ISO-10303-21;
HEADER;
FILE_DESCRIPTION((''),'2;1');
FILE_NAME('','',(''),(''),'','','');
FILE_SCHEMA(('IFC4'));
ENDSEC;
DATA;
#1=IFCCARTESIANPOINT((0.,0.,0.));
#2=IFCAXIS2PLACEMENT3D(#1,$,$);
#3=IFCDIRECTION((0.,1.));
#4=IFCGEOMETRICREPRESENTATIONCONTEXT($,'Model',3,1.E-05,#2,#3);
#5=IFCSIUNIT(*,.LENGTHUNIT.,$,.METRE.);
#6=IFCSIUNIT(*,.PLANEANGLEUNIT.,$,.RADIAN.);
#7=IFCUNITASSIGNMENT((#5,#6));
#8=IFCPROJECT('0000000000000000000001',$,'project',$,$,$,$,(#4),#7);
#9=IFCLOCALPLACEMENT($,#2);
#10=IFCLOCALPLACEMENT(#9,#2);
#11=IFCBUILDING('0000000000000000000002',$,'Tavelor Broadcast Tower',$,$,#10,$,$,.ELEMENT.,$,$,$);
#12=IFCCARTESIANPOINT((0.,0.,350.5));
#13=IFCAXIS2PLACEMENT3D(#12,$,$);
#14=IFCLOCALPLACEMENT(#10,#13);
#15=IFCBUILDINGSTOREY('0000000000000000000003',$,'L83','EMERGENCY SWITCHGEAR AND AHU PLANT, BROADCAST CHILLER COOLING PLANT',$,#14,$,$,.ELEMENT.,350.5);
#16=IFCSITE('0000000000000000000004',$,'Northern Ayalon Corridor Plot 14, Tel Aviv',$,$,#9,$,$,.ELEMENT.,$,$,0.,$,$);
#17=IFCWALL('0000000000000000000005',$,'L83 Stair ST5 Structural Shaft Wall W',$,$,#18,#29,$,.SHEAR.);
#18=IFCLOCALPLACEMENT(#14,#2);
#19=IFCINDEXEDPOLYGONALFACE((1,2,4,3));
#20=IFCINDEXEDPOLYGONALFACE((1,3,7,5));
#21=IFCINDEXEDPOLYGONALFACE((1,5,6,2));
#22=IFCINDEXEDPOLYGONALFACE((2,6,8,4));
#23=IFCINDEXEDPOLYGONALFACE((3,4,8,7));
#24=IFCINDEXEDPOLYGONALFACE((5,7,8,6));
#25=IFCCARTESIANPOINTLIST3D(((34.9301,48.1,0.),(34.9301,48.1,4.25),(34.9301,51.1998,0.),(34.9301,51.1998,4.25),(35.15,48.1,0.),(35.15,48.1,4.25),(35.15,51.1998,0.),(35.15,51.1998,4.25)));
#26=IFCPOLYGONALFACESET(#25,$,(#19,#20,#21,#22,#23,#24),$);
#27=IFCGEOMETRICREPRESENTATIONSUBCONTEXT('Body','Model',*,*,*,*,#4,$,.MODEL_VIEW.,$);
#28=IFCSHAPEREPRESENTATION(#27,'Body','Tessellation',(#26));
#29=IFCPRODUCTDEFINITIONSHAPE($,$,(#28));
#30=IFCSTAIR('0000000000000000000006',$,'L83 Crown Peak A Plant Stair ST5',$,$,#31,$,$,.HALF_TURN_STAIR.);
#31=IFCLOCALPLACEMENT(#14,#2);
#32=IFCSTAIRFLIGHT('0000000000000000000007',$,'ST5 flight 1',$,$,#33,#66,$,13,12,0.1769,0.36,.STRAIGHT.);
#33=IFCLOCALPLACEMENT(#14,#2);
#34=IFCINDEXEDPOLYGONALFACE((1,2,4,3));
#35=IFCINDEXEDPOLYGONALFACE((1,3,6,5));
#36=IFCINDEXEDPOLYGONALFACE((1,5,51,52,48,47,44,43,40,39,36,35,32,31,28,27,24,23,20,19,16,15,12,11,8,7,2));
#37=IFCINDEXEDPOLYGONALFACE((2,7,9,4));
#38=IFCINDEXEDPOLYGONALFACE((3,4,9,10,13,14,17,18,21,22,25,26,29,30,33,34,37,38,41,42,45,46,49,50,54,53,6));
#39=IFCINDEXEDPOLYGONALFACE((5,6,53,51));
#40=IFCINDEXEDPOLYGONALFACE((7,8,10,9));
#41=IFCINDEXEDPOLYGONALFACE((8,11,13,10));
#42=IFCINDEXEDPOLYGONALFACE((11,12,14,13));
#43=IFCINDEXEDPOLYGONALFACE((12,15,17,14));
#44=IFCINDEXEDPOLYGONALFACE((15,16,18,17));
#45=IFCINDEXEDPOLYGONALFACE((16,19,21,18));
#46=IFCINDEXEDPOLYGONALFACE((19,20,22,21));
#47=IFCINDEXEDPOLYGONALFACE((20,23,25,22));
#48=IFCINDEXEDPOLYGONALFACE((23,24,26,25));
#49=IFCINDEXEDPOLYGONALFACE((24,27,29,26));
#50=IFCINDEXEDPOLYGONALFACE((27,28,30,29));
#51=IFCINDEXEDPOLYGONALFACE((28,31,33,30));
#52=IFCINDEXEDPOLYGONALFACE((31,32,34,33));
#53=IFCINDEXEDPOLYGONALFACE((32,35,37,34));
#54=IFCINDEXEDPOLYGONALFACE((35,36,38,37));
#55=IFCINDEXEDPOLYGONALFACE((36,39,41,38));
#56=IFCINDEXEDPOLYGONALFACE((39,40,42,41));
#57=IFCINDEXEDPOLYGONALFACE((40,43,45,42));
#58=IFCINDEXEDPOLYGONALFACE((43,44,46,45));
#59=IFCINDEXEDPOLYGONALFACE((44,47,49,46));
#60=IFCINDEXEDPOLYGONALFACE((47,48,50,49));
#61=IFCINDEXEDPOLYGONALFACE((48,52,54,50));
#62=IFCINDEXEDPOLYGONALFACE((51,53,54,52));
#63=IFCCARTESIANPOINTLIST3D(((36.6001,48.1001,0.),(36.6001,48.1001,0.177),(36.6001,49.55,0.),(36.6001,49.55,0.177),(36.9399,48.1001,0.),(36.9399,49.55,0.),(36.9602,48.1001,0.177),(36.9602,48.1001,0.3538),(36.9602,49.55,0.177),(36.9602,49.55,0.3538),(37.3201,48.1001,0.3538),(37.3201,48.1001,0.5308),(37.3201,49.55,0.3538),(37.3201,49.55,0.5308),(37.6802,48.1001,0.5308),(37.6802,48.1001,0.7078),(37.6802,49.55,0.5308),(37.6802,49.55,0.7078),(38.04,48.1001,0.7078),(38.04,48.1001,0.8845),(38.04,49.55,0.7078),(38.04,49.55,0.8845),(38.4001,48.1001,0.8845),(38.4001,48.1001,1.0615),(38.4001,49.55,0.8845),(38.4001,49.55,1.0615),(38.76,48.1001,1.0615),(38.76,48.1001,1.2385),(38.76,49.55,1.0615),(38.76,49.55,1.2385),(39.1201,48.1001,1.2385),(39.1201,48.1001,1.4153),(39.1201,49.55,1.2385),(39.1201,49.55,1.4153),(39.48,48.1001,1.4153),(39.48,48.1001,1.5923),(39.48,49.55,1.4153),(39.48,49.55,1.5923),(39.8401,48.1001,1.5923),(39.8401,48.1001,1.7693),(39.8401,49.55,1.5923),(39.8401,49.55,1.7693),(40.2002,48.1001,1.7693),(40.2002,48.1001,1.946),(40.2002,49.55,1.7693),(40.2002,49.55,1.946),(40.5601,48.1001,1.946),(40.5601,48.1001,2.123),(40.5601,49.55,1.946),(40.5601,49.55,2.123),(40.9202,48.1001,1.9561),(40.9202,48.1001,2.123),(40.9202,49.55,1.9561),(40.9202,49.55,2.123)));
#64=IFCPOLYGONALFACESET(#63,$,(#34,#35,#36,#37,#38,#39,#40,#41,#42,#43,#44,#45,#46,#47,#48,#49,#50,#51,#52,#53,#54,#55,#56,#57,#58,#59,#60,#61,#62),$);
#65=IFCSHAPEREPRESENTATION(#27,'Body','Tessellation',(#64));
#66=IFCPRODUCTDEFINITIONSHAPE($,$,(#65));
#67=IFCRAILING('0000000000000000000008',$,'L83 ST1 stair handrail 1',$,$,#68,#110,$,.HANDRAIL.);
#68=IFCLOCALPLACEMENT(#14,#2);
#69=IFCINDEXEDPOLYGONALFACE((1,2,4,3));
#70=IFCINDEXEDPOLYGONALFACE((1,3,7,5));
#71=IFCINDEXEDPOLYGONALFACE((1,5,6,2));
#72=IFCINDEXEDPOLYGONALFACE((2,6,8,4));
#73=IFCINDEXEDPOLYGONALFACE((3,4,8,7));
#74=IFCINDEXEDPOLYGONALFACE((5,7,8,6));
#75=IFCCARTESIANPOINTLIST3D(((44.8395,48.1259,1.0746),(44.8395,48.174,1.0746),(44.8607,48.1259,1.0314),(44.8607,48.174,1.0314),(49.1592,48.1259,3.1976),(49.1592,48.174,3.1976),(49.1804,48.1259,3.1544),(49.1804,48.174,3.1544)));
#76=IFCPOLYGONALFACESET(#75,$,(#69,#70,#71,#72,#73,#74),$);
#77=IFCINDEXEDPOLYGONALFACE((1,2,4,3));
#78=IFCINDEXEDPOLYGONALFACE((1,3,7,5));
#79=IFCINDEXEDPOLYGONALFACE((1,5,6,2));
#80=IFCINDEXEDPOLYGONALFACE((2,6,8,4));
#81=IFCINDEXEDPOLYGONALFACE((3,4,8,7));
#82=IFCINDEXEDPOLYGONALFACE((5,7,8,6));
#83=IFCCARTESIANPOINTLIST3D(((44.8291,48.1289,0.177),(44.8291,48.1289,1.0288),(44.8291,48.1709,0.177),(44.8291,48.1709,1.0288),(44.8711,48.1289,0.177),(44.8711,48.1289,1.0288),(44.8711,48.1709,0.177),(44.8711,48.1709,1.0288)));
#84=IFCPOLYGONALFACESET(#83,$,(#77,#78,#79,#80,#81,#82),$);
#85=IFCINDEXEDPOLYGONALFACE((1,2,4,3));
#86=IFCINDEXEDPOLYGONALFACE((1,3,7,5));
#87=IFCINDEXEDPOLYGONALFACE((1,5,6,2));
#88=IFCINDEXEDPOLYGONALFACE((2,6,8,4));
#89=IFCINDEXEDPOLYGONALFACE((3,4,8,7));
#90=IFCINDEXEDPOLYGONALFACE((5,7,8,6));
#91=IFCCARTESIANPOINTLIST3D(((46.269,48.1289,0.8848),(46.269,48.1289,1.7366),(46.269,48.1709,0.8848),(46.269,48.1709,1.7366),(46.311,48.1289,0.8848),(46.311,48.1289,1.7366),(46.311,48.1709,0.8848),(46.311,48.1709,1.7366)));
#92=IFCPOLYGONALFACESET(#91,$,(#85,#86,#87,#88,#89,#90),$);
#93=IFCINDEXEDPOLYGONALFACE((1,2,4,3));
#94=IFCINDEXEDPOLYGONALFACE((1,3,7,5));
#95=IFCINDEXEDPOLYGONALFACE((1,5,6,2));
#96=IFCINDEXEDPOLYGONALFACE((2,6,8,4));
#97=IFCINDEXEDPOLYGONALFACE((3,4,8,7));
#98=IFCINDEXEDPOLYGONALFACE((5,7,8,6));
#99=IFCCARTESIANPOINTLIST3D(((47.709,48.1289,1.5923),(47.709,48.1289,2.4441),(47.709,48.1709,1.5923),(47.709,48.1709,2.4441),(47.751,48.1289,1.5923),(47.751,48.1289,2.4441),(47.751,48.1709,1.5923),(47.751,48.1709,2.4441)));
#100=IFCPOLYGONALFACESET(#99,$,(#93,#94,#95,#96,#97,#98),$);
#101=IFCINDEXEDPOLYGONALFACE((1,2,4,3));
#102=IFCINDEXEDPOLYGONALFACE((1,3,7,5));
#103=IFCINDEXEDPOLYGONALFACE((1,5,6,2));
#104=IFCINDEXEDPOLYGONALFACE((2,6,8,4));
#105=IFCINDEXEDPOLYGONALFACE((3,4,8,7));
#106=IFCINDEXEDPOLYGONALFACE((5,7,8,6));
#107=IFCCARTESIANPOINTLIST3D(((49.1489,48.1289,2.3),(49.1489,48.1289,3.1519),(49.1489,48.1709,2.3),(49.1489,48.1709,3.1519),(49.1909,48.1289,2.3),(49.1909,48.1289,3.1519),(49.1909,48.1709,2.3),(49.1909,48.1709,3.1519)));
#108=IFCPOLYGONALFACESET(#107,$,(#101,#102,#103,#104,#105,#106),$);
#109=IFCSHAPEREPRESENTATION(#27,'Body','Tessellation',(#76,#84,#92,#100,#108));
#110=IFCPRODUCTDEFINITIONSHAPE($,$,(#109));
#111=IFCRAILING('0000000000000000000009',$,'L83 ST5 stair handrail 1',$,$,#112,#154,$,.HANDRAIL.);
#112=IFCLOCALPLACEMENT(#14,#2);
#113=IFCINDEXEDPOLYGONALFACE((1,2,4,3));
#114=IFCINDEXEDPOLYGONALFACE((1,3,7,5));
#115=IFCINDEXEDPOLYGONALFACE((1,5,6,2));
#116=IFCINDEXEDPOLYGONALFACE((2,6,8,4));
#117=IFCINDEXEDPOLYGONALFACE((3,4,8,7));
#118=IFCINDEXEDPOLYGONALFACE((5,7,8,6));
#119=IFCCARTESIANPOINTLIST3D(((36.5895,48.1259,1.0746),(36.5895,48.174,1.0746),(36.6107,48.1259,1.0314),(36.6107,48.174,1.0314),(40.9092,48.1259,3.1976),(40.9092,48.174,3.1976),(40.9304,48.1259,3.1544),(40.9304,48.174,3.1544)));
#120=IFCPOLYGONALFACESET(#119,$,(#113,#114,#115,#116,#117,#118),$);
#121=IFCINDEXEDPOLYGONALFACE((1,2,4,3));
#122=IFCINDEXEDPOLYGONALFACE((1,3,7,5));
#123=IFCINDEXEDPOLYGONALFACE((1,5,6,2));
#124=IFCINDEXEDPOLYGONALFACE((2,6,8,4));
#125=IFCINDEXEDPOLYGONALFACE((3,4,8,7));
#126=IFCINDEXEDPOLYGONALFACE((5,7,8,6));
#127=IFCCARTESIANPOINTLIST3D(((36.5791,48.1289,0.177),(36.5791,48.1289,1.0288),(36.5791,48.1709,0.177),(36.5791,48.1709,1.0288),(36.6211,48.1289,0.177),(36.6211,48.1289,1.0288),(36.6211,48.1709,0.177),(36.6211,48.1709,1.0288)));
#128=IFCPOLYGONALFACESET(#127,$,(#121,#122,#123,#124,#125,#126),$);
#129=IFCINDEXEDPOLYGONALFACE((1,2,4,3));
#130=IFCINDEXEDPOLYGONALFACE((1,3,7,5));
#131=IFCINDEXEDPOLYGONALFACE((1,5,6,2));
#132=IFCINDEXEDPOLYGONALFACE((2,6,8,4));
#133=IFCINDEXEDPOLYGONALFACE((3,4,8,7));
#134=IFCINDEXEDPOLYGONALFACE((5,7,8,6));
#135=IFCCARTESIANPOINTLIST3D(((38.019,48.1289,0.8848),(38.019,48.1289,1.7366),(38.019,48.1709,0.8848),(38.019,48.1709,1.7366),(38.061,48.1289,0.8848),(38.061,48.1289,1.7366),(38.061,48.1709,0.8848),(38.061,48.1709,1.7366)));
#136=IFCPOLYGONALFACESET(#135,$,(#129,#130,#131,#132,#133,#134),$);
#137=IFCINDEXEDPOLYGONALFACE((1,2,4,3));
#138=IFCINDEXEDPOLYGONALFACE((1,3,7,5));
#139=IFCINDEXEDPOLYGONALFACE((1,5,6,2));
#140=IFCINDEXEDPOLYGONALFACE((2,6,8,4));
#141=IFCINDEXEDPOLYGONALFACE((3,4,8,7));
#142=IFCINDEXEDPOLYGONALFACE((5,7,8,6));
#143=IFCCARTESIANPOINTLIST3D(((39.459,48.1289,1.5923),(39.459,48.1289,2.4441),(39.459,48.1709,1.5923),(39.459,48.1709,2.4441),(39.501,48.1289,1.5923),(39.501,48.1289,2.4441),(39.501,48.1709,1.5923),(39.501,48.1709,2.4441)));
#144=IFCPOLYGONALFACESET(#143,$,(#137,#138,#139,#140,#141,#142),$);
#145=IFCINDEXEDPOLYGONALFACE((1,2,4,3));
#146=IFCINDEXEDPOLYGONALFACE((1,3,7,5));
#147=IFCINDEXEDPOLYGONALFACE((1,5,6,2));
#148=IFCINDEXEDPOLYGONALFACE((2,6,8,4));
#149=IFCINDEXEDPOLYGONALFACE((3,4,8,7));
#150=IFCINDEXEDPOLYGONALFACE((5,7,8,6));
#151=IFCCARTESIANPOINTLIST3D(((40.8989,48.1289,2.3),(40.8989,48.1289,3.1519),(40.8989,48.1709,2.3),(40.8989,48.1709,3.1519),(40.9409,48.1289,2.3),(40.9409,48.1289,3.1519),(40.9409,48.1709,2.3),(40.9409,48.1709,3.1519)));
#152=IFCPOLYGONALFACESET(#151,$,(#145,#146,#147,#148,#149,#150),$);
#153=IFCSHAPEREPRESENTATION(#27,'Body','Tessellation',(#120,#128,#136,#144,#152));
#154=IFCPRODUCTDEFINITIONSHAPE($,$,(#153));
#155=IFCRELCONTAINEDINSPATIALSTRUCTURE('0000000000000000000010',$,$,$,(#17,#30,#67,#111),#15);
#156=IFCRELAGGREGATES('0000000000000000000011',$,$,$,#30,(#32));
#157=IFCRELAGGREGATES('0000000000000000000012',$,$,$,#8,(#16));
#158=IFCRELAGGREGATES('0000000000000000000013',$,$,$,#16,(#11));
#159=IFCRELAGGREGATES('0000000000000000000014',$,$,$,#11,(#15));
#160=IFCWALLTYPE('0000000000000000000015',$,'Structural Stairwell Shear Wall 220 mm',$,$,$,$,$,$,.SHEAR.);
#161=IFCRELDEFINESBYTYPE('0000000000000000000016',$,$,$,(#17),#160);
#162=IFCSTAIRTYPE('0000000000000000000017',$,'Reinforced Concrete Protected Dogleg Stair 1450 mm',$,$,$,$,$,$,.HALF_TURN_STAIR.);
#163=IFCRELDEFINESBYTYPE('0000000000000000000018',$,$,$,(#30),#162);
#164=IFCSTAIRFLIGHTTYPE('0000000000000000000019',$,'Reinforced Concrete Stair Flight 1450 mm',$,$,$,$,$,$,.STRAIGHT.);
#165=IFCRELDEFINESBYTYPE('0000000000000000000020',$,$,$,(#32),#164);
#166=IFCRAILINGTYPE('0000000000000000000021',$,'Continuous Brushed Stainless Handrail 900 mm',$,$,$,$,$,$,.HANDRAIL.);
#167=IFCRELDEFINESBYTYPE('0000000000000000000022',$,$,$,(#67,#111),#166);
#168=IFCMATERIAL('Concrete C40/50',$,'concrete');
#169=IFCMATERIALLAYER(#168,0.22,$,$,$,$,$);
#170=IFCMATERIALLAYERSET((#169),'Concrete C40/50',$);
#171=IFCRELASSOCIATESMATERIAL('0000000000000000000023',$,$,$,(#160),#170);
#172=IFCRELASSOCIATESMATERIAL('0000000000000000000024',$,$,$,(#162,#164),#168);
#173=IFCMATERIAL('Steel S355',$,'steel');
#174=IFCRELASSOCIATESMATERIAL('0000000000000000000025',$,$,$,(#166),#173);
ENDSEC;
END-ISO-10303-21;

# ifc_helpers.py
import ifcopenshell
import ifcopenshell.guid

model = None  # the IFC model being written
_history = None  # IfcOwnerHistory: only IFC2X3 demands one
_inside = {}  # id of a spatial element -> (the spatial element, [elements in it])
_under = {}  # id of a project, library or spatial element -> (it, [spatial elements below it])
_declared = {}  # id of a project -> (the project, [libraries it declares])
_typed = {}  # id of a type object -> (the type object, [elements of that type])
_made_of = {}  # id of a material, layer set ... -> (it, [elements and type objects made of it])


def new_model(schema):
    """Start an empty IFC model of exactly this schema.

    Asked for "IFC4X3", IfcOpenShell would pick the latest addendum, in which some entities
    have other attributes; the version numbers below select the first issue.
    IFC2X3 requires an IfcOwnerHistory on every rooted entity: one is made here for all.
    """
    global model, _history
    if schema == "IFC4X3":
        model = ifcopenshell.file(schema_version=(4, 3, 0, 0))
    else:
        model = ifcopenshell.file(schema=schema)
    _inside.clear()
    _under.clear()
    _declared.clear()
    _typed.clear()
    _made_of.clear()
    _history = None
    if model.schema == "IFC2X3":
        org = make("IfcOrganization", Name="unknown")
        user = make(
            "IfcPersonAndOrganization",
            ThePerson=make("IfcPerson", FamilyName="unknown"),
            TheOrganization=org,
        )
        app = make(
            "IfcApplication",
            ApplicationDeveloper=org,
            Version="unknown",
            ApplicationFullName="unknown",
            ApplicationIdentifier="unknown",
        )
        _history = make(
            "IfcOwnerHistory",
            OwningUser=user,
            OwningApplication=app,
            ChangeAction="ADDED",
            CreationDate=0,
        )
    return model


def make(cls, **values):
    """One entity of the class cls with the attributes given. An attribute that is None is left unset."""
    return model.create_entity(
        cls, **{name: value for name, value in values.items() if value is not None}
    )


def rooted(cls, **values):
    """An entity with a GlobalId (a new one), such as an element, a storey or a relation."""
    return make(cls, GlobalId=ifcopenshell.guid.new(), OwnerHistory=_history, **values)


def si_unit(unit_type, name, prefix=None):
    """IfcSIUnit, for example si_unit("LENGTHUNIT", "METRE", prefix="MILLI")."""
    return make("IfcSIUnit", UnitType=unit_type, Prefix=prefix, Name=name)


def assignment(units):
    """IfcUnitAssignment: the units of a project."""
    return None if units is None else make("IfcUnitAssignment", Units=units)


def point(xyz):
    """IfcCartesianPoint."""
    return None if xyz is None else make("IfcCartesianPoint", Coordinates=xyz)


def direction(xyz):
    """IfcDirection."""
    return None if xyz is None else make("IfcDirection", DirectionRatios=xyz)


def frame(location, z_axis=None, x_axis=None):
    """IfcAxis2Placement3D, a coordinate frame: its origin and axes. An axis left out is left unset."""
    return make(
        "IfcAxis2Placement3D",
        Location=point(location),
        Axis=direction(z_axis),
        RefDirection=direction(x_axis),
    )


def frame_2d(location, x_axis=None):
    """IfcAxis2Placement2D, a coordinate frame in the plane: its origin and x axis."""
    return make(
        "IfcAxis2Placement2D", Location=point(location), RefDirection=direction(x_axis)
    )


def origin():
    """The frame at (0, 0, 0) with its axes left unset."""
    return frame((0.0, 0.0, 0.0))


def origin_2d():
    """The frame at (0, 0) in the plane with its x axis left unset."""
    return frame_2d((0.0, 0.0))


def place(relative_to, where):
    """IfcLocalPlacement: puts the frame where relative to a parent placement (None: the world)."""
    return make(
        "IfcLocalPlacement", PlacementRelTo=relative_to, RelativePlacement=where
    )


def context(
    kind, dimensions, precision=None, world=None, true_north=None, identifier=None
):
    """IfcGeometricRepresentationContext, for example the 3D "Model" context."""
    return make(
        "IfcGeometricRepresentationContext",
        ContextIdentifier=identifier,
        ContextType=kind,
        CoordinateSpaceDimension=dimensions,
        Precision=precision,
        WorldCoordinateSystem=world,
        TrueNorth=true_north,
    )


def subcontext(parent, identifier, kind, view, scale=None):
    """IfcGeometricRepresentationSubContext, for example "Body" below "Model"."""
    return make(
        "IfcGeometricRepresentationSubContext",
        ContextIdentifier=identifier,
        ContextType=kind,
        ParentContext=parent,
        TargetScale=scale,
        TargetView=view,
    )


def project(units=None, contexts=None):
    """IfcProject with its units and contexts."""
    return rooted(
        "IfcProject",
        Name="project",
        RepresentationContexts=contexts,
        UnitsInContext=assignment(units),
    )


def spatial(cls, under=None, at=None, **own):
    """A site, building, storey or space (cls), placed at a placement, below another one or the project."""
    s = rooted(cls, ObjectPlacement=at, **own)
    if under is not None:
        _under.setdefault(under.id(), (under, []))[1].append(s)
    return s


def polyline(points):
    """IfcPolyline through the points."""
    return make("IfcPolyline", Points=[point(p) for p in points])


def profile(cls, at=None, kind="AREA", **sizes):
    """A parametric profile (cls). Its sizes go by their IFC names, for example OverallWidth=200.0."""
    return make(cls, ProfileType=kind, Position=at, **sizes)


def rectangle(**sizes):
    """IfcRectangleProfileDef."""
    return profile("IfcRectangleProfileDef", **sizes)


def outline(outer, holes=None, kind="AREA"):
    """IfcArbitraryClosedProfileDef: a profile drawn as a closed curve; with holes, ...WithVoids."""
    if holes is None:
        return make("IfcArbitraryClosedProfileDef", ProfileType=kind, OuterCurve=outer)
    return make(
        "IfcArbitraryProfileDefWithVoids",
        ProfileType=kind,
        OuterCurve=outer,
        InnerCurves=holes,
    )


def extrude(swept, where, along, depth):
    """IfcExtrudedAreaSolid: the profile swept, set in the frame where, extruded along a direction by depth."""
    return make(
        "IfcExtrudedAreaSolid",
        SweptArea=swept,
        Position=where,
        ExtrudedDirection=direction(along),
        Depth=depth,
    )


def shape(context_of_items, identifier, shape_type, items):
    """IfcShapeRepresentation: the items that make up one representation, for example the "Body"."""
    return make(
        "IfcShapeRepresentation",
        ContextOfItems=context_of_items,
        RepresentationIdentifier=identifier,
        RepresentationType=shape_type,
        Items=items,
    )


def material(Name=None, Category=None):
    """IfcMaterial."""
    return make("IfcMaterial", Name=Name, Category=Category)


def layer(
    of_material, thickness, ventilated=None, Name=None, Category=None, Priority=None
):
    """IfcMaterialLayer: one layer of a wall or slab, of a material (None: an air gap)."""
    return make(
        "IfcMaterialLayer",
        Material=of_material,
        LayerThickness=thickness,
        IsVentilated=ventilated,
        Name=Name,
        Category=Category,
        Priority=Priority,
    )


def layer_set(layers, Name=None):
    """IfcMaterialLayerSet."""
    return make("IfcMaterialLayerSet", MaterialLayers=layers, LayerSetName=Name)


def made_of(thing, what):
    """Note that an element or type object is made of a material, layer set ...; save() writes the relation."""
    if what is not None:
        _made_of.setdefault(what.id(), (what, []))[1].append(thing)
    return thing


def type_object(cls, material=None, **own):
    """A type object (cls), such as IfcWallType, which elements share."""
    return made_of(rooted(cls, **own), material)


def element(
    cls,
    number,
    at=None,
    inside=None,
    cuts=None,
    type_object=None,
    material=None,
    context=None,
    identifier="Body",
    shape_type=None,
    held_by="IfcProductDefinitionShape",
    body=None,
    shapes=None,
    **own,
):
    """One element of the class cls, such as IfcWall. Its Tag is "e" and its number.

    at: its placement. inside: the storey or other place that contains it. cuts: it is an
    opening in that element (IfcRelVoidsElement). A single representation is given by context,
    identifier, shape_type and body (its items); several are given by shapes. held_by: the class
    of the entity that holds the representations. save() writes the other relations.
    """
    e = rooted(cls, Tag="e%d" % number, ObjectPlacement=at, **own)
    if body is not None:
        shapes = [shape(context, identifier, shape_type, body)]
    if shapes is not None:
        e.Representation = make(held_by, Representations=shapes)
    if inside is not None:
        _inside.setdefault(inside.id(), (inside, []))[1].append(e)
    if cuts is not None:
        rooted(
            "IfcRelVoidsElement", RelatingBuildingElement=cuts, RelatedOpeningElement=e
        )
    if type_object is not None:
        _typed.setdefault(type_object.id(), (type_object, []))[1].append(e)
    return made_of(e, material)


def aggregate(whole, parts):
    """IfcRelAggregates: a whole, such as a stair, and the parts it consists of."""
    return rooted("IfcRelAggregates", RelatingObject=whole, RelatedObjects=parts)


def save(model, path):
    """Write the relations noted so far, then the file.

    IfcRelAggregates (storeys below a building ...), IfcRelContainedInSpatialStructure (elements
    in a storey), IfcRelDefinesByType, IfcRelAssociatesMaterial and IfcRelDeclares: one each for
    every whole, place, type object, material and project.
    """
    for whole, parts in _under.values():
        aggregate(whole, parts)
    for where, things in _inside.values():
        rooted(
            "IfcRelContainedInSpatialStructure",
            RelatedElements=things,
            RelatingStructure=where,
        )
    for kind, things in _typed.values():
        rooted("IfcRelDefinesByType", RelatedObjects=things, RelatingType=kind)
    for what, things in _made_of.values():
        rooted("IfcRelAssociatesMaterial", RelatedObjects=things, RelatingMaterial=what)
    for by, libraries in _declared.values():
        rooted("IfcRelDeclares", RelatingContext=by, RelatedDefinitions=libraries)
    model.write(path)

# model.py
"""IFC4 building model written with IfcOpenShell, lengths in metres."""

from ifc_helpers import new_model, si_unit, direction, frame, frame_2d, origin, origin_2d, place, context, subcontext, project, spatial, polyline, rectangle, outline, extrude, material, layer, layer_set, type_object, element, aggregate, save


model = new_model("IFC4")

# Units and contexts
model_context = context("Model", 3, precision=1e-05, world=origin(), true_north=direction((0.0, 1.0)))
body_context = subcontext(model_context, "Body", "Model", "MODEL_VIEW")
ifc_project = project(units=[si_unit("LENGTHUNIT", "METRE"), si_unit("PLANEANGLEUNIT", "RADIAN")], contexts=[model_context])

# Site, building, storey
site_placement = place(None, origin())
site = spatial("IfcSite", under=ifc_project, at=site_placement, Name="Northern Ayalon Corridor Plot 14, Tel Aviv", CompositionType="ELEMENT", RefElevation=0.0)
building_placement = place(site_placement, origin())
building = spatial("IfcBuilding", under=site, at=building_placement, Name="Tavelor Broadcast Tower", CompositionType="ELEMENT")
storey_placement = place(building_placement, frame((0.0, 0.0, 350.5)))
storey = spatial("IfcBuildingStorey", under=building, at=storey_placement, Name="L83", Description="EMERGENCY SWITCHGEAR AND AHU PLANT, BROADCAST CHILLER COOLING PLANT", CompositionType="ELEMENT", Elevation=350.5)

# Shared definitions
ifc_material_1 = material(Name="Steel S355", Category="steel")

# Shared definitions
ifc_material_2 = material(Name="Concrete C40/50", Category="concrete")
ifc_layer_1 = layer(ifc_material_2, 0.22)
ifc_layer_set_1 = layer_set([ifc_layer_1], Name="Concrete C40/50")
wall_type_1 = type_object("IfcWallType", Name="Structural Stairwell Shear Wall 220 mm", PredefinedType="SHEAR", material=ifc_layer_set_1)

# Wall
for number, where, z_axis, x_axis, name in (
    (1, (35.04, 48.1001, 0.0), (0.0, 0.0, 1.0), (0.0, 1.0, 0.0), "L83 Stair ST5 Structural Shaft Wall W"),
):
    element("IfcWall", number, at=place(storey_placement, frame(where, z_axis=z_axis, x_axis=x_axis)), inside=storey, type_object=wall_type_1, Name=name, PredefinedType="SHEAR", context=body_context, shape_type="SweptSolid", body=[
        extrude(rectangle(XDim=3.0999, YDim=0.22, at=frame_2d((1.5498, 0.0))), origin(), (0.0, 0.0, 1.0), 4.25),
    ])

# Stair, stair flight
stair_type = type_object("IfcStairType", Name="Reinforced Concrete Protected Dogleg Stair 1450 mm", PredefinedType="HALF_TURN_STAIR", material=ifc_material_2)
stair_placement = place(storey_placement, origin())
stair = element("IfcStair", 2, at=stair_placement, inside=storey, type_object=stair_type, Name="L83 Crown Peak A Plant Stair ST5", PredefinedType="HALF_TURN_STAIR")
stair_flight_type = type_object("IfcStairFlightType", Name="Reinforced Concrete Stair Flight 1450 mm", PredefinedType="STRAIGHT", material=ifc_material_2)
stair_flight_placement = place(storey_placement, frame((36.6001, 48.825, 0.0), z_axis=(0.0, 0.0, 1.0), x_axis=(1.0, 0.0, 0.0)))
stair_flight = element("IfcStairFlight", 3, at=stair_flight_placement, type_object=stair_flight_type, Name="ST5 flight 1", NumberOfRisers=13, NumberOfTreads=12, PredefinedType="STRAIGHT", RiserHeight=0.1769, TreadLength=0.36, context=body_context, shape_type="SweptSolid", body=[
    extrude(outline(polyline([(0.0, 0.0), (0.0, 0.177), (0.3601, 0.177), (0.3601, 0.3538), (0.72, 0.3538), (0.72, 0.5308), (1.0801, 0.5308), (1.0801, 0.7078), (1.4399, 0.7078), (1.4399, 0.8845), (1.8, 0.8845), (1.8, 1.0615), (2.1599, 1.0615), (2.1599, 1.2385), (2.52, 1.2385), (2.52, 1.4153), (2.8799, 1.4153), (2.8799, 1.5923), (3.24, 1.5923), (3.24, 1.7693), (3.6001, 1.7693), (3.6001, 1.946), (3.96, 1.946), (3.96, 2.123), (4.3201, 2.123), (4.3201, 2.3), (4.3201, 1.9561), (0.3398, 0.0), (0.0, 0.0)])), frame((0.0, 0.7251, 0.0), z_axis=(0.0, -1.0, 0.0), x_axis=(1.0, 0.0, 0.0)), (0.0, 0.0, 1.0), 1.45),
])
aggregate(stair, [stair_flight])

# Railings
railing_type = type_object("IfcRailingType", Name="Continuous Brushed Stainless Handrail 900 mm", PredefinedType="HANDRAIL", material=ifc_material_1)
for number, where, name in (
    (4, (44.8501, 48.1499, 0.177), "L83 ST1 stair handrail 1"),
    (5, (36.6001, 48.1499, 0.177), "L83 ST5 stair handrail 1"),
):
    element("IfcRailing", number, at=place(storey_placement, frame(where)), inside=storey, type_object=railing_type, Name=name, PredefinedType="HANDRAIL", context=body_context, shape_type="SweptSolid", body=[
        extrude(rectangle(XDim=0.0481, YDim=0.0481, at=origin_2d()), frame((0.0, 0.0, 0.876), z_axis=(0.89747, 0.0, 0.441076), x_axis=(0.0, 1.0, 0.0)), (0.0, 0.0, 1.0), 4.8132),
        extrude(rectangle(XDim=0.042, YDim=0.042, at=origin_2d()), origin(), (0.0, 0.0, 1.0), 0.8518),
        extrude(rectangle(XDim=0.042, YDim=0.042, at=origin_2d()), frame((1.4399, 0.0, 0.7078)), (0.0, 0.0, 1.0), 0.8518),
        extrude(rectangle(XDim=0.042, YDim=0.042, at=origin_2d()), frame((2.8799, 0.0, 1.4153)), (0.0, 0.0, 1.0), 0.8518),
        extrude(rectangle(XDim=0.042, YDim=0.042, at=origin_2d()), frame((4.3198, 0.0, 2.123)), (0.0, 0.0, 1.0), 0.8518),
    ])

save(model, "model.ifc")
